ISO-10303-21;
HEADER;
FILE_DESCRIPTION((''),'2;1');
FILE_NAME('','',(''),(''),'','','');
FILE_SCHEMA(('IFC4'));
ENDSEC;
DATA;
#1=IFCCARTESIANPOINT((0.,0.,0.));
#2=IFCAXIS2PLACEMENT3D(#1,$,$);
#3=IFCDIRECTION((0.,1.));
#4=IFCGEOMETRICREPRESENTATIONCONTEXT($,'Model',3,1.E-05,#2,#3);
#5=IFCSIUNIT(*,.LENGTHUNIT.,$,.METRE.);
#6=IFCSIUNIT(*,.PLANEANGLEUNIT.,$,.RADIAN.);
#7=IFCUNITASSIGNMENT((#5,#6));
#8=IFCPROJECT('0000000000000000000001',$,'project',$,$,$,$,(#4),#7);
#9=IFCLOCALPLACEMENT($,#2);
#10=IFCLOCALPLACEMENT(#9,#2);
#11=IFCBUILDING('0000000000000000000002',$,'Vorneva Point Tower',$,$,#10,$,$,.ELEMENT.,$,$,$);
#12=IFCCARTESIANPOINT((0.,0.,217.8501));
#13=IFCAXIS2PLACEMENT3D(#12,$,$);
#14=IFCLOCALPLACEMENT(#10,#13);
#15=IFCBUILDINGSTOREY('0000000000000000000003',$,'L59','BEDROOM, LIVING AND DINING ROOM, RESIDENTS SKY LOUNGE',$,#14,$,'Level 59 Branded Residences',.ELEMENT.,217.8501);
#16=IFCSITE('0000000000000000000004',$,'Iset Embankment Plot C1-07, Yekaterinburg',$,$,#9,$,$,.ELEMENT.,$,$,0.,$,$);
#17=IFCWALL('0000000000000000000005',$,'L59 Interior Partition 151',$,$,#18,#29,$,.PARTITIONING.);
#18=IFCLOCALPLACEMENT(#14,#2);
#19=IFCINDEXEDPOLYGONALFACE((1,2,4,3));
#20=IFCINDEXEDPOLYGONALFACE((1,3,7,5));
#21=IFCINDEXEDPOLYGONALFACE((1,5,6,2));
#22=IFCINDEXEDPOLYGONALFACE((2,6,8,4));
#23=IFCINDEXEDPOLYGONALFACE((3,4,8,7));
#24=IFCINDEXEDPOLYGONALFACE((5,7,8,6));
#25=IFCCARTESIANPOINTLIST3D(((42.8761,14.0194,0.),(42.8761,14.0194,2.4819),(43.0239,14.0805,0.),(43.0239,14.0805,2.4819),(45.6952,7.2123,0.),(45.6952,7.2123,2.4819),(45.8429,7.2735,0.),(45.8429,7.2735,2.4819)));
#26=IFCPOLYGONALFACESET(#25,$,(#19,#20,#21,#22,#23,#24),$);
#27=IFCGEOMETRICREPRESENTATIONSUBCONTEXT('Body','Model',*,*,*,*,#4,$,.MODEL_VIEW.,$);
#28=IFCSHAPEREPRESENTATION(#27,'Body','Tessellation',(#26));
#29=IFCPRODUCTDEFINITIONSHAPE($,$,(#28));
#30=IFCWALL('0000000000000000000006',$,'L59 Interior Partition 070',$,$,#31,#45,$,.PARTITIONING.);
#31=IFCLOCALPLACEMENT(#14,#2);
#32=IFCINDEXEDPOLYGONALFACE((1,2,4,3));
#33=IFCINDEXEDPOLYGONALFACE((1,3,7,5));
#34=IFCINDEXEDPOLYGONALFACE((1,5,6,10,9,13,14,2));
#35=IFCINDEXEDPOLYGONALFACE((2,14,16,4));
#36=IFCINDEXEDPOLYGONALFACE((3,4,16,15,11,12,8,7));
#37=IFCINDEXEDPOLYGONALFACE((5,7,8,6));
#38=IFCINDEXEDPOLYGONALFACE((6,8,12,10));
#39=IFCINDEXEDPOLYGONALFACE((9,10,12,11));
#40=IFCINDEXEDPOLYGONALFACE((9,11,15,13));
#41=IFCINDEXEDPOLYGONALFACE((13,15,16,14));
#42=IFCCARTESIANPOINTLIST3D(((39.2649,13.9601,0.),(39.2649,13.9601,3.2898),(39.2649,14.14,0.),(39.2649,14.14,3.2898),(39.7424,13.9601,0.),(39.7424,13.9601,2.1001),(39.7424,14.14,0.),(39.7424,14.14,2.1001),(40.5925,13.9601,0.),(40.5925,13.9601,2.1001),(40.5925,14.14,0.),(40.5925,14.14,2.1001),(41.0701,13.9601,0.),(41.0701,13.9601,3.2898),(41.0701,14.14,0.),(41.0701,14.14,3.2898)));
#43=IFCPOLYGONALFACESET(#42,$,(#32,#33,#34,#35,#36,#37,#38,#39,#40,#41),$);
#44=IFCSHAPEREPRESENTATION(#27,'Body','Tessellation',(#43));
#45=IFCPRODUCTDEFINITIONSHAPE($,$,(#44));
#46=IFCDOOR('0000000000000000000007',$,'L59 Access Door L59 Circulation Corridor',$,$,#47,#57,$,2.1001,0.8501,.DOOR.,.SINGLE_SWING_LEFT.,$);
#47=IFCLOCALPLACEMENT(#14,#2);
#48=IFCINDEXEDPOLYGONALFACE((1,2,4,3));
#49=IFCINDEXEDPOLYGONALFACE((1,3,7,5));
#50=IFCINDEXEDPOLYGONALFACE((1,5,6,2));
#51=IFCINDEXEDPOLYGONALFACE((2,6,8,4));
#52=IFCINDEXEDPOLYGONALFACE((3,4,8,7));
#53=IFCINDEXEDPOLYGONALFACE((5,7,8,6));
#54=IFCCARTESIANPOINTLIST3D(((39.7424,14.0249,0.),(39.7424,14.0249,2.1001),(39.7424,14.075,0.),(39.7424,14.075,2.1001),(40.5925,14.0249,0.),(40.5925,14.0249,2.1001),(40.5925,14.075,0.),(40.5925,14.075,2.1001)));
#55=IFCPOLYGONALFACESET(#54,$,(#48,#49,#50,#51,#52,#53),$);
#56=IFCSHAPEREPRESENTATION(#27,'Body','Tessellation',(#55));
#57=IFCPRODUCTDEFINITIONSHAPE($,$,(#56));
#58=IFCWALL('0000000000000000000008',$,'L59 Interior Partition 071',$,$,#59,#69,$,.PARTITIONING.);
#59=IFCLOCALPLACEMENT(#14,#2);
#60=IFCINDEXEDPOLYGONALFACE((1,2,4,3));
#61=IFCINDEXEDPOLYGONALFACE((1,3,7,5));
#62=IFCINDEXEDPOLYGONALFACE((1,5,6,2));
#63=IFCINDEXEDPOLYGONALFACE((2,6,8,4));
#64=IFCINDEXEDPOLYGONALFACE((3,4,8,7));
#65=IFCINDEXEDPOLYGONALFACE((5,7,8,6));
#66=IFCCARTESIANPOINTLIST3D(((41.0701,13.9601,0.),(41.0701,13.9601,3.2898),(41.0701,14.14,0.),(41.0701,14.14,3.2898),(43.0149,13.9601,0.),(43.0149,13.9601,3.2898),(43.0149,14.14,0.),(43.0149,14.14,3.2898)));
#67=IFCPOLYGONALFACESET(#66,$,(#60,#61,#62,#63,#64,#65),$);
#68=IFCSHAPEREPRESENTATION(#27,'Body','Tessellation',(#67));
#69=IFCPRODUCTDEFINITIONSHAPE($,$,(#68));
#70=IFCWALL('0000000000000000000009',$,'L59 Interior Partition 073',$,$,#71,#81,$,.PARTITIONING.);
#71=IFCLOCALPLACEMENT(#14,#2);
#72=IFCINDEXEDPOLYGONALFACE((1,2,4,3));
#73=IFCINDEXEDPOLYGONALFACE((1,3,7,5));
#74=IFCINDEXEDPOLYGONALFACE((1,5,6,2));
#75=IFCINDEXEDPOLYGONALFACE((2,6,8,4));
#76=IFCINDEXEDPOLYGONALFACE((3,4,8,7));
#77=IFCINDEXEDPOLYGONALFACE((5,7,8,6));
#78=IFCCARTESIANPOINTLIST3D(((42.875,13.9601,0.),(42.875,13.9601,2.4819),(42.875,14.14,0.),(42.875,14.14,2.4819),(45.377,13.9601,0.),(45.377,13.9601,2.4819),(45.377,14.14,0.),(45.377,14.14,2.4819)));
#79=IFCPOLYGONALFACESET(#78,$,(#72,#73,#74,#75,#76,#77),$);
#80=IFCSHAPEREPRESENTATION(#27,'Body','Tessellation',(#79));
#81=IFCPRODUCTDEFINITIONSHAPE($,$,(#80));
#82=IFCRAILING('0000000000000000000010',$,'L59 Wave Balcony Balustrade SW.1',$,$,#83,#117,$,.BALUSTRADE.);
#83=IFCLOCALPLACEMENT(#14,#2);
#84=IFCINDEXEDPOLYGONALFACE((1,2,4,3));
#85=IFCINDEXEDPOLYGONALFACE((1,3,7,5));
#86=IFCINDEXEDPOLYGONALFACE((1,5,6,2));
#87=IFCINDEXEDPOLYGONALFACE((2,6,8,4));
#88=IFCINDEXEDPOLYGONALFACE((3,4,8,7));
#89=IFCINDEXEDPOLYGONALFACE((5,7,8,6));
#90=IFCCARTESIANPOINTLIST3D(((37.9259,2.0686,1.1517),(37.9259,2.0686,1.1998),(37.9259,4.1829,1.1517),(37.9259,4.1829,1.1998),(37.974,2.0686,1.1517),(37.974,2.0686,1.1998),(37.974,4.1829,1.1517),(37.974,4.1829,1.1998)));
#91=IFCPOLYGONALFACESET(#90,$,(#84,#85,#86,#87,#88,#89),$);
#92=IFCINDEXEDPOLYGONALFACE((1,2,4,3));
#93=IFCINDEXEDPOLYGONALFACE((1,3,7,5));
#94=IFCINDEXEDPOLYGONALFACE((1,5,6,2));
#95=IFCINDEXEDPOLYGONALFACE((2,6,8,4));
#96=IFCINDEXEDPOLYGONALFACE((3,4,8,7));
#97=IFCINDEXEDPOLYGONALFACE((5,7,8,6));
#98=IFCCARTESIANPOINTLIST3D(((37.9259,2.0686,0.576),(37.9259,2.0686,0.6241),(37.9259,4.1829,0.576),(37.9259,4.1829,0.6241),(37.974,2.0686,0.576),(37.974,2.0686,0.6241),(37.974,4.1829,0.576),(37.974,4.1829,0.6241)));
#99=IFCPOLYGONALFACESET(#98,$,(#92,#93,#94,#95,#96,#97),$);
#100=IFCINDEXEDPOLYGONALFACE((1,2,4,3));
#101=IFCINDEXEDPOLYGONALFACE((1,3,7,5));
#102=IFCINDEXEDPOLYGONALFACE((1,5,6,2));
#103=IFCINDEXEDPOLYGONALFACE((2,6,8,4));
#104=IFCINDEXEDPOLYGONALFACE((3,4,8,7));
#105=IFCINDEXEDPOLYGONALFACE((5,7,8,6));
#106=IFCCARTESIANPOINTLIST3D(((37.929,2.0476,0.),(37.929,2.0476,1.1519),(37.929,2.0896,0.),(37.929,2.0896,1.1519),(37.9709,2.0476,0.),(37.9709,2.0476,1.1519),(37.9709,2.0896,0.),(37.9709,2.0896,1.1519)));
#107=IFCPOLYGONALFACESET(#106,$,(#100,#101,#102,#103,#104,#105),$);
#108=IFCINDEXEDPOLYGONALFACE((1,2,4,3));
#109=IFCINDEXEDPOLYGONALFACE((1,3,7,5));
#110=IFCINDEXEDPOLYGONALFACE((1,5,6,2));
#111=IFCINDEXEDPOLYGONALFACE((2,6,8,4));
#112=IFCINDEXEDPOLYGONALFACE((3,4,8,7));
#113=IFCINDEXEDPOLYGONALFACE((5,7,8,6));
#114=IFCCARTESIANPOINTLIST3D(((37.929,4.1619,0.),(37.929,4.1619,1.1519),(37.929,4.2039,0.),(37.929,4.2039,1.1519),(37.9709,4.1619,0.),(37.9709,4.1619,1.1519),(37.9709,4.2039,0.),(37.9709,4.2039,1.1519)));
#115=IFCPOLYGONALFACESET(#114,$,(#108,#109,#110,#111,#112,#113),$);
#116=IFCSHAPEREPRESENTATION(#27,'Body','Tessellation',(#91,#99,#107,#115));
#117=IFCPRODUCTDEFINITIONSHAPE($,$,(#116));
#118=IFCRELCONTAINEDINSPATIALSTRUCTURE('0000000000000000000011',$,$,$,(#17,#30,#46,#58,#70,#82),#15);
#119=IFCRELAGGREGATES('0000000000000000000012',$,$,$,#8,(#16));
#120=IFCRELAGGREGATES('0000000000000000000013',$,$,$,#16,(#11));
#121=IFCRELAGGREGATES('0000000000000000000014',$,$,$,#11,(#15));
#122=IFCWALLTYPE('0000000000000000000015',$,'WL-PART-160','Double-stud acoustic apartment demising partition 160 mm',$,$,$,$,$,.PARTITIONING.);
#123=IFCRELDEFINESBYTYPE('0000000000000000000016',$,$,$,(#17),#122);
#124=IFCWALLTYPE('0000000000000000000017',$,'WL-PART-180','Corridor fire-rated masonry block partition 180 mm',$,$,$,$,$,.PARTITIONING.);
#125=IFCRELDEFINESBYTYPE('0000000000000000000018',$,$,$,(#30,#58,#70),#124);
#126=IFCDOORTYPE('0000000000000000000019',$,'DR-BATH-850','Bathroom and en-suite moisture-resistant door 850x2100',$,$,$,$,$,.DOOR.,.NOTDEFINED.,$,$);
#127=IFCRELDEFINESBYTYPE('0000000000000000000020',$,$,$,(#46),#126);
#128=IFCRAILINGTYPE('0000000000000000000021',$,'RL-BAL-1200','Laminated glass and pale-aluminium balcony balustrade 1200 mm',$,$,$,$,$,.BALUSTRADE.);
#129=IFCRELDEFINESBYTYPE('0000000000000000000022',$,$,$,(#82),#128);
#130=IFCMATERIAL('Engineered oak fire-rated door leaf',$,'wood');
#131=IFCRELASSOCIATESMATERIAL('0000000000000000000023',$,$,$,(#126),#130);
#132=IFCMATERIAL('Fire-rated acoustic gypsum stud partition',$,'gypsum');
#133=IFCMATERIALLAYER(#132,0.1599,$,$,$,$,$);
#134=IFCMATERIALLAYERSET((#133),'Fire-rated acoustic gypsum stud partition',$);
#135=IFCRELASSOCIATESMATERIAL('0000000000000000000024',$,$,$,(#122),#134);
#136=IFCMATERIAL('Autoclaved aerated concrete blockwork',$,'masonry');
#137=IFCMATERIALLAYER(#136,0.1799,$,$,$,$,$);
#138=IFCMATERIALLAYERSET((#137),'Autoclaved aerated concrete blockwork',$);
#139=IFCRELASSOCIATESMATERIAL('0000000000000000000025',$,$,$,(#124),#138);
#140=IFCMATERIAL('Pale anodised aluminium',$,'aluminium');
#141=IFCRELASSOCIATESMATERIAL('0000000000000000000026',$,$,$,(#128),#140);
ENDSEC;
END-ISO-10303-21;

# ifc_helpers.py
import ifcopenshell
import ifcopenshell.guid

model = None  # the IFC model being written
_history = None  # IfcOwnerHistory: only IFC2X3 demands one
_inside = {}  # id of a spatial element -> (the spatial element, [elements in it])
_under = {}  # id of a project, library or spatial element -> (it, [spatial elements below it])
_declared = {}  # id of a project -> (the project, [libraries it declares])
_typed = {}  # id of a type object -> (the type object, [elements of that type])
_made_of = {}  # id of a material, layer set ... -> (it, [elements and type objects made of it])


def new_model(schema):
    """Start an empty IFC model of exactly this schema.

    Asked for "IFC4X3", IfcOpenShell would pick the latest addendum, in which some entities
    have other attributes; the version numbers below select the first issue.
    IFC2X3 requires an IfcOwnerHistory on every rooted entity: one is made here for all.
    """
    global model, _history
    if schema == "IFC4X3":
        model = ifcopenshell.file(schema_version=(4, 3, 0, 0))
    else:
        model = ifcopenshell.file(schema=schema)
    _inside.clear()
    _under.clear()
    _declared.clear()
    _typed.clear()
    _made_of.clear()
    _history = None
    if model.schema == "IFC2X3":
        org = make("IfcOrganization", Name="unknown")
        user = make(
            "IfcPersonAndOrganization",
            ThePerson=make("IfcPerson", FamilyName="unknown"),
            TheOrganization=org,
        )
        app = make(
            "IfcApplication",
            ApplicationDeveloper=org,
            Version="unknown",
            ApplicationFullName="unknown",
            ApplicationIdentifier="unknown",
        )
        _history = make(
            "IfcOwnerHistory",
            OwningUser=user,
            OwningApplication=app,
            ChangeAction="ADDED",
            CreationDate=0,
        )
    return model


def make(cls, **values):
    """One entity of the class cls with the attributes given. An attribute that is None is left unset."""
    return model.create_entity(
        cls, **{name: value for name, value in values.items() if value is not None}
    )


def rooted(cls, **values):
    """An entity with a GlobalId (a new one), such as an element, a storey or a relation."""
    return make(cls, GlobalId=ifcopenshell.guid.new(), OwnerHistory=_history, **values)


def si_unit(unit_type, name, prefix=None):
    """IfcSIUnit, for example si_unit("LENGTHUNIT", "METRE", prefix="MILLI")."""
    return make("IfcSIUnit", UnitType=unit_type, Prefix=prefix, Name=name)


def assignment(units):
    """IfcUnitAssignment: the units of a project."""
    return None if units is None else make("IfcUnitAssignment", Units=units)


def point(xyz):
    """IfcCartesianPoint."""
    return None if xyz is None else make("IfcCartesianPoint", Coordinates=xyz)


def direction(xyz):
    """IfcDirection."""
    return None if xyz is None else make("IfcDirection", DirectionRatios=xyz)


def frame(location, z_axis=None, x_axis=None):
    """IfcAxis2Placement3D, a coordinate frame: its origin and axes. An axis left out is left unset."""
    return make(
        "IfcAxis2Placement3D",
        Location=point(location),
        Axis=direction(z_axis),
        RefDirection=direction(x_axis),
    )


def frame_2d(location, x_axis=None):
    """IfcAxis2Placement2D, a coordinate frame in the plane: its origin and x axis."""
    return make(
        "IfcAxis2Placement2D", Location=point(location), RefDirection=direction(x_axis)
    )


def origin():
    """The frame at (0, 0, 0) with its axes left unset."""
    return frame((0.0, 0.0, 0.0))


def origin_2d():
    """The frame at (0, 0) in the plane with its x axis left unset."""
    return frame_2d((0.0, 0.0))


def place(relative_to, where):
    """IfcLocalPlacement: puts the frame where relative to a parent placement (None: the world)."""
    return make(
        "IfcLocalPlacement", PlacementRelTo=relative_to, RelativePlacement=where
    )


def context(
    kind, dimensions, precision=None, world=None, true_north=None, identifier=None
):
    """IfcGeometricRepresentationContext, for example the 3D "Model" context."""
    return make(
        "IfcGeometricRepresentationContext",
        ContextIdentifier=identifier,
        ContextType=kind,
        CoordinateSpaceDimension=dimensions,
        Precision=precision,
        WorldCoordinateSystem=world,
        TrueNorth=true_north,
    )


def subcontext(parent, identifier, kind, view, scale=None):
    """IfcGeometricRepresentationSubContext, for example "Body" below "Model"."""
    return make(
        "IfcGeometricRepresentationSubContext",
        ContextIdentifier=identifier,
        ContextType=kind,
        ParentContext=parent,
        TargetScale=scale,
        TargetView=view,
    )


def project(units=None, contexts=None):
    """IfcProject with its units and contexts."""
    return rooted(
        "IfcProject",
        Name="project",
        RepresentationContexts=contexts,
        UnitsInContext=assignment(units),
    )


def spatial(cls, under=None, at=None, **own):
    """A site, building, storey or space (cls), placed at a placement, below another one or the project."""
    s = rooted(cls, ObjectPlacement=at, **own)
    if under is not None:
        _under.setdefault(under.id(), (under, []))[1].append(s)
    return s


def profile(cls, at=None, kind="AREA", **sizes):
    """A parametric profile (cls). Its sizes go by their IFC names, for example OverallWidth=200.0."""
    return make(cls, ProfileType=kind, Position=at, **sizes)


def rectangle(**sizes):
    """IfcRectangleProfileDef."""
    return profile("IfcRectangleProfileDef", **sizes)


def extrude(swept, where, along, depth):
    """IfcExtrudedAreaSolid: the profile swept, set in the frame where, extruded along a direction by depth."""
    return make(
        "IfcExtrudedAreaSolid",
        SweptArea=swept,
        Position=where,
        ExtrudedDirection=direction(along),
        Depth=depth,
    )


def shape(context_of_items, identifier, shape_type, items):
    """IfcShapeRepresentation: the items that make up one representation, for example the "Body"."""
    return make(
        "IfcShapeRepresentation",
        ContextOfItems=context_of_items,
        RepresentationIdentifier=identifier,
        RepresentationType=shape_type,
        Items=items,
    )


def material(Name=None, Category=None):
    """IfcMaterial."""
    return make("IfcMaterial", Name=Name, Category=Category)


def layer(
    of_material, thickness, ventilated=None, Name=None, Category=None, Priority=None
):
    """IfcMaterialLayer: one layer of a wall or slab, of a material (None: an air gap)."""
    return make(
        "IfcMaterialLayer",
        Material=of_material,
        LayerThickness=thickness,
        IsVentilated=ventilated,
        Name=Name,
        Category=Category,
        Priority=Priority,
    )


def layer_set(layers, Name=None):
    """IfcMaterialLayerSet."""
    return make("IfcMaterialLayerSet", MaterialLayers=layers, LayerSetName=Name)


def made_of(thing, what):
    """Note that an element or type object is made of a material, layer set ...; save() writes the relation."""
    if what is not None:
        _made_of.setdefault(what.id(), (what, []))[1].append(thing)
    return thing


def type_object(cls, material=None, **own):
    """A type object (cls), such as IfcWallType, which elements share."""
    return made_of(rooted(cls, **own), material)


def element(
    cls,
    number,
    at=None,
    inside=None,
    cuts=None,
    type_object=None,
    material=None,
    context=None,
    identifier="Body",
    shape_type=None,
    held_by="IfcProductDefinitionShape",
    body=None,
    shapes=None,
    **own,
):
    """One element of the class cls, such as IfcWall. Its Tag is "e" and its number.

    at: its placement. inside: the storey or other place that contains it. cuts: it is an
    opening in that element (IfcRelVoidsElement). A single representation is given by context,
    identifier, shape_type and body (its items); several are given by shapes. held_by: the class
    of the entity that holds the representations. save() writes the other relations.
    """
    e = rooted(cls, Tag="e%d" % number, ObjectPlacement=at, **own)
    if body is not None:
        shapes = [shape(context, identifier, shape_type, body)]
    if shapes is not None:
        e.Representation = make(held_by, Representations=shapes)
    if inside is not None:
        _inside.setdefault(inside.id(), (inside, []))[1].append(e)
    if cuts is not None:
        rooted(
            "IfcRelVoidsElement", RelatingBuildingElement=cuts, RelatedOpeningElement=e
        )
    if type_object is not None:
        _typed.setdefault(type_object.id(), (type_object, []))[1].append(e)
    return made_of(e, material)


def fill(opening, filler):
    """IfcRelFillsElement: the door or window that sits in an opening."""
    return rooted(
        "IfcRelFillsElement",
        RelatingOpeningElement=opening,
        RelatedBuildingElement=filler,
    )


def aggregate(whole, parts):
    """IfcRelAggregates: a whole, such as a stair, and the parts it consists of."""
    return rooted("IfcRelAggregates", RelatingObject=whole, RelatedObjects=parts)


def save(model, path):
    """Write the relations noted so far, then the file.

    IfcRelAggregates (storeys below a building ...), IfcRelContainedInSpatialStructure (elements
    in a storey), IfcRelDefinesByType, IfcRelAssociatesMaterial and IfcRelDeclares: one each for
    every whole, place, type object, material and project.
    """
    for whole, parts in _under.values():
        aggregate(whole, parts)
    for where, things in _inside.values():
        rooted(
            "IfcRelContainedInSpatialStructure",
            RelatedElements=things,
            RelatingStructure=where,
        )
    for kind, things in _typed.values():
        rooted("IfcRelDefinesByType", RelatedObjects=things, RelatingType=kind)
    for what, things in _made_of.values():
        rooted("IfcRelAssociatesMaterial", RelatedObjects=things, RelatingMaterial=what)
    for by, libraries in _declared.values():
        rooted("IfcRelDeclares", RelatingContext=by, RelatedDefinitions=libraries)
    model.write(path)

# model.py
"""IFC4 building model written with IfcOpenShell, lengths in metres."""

from ifc_helpers import new_model, si_unit, direction, frame, frame_2d, origin, origin_2d, place, context, subcontext, project, spatial, rectangle, extrude, material, layer, layer_set, type_object, element, fill, save


model = new_model("IFC4")

# Units and contexts
model_context = context("Model", 3, precision=1e-05, world=origin(), true_north=direction((0.0, 1.0)))
body_context = subcontext(model_context, "Body", "Model", "MODEL_VIEW")
ifc_project = project(units=[si_unit("LENGTHUNIT", "METRE"), si_unit("PLANEANGLEUNIT", "RADIAN")], contexts=[model_context])

# Site, building, storey
site_placement = place(None, origin())
site = spatial("IfcSite", under=ifc_project, at=site_placement, Name="Iset Embankment Plot C1-07, Yekaterinburg", CompositionType="ELEMENT", RefElevation=0.0)
building_placement = place(site_placement, origin())
building = spatial("IfcBuilding", under=site, at=building_placement, Name="Vorneva Point Tower", CompositionType="ELEMENT")
storey_placement = place(building_placement, frame((0.0, 0.0, 217.8501)))
storey = spatial("IfcBuildingStorey", under=building, at=storey_placement, Name="L59", Description="BEDROOM, LIVING AND DINING ROOM, RESIDENTS SKY LOUNGE", LongName="Level 59 Branded Residences", CompositionType="ELEMENT", Elevation=217.8501)

# Shared definitions
ifc_material_1 = material(Name="Pale anodised aluminium", Category="aluminium")

# Shared definitions
ifc_material_2 = material(Name="Fire-rated acoustic gypsum stud partition", Category="gypsum")

# Shared definitions
ifc_material_3 = material(Name="Engineered oak fire-rated door leaf", Category="wood")
door_type_1 = type_object("IfcDoorType", Name="DR-BATH-850", Description="Bathroom and en-suite moisture-resistant door 850x2100", OperationType="NOTDEFINED", PredefinedType="DOOR", material=ifc_material_3)

# Wall
ifc_layer_1 = layer(ifc_material_2, 0.1599)
ifc_layer_set_1 = layer_set([ifc_layer_1], Name="Fire-rated acoustic gypsum stud partition")
wall_type_1 = type_object("IfcWallType", Name="WL-PART-160", Description="Double-stud acoustic apartment demising partition 160 mm", PredefinedType="PARTITIONING", material=ifc_layer_set_1)
wall_1_placement = place(storey_placement, frame((45.769, 7.2429, 0.0), z_axis=(0.0, 0.0, 1.0), x_axis=(-0.382624, 0.923904, 0.0)))
element("IfcWall", 1, at=wall_1_placement, inside=storey, type_object=wall_type_1, Name="L59 Interior Partition 151", PredefinedType="PARTITIONING", context=body_context, shape_type="SweptSolid", body=[
    extrude(rectangle(XDim=7.3677, YDim=0.1599, at=frame_2d((3.6838, 0.0))), origin(), (0.0, 0.0, 1.0), 2.4819),
])

# Wall, opening, door
ifc_material_4 = material(Name="Autoclaved aerated concrete blockwork", Category="masonry")
ifc_layer_2 = layer(ifc_material_4, 0.1799)
ifc_layer_set_2 = layer_set([ifc_layer_2], Name="Autoclaved aerated concrete blockwork")
wall_type_2 = type_object("IfcWallType", Name="WL-PART-180", Description="Corridor fire-rated masonry block partition 180 mm", PredefinedType="PARTITIONING", material=ifc_layer_set_2)
wall_2_placement = place(storey_placement, frame((39.2649, 14.05, 0.0), z_axis=(0.0, 0.0, 1.0), x_axis=(1.0, 0.0, 0.0)))
wall_2 = element("IfcWall", 2, at=wall_2_placement, inside=storey, type_object=wall_type_2, Name="L59 Interior Partition 070", PredefinedType="PARTITIONING", context=body_context, shape_type="SweptSolid", body=[
    extrude(rectangle(XDim=1.8052, YDim=0.1799, at=frame_2d((0.9026, 0.0))), origin(), (0.0, 0.0, 1.0), 3.2898),
])
opening_1_placement = place(wall_2_placement, frame((0.4775, 0.0, 0.0)))
opening_1 = element("IfcOpeningElement", 3, at=opening_1_placement, cuts=wall_2, PredefinedType="OPENING", context=body_context, shape_type="SweptSolid", body=[
    extrude(rectangle(XDim=0.8501, YDim=2.1001, at=frame_2d((0.425, 1.05))), frame((0.0, 0.105, 0.0), z_axis=(0.0, -1.0, 0.0), x_axis=(1.0, 0.0, 0.0)), (0.0, 0.0, 1.0), 0.2097),
])
door_1_placement = place(opening_1_placement, origin())
door_1 = element("IfcDoor", 4, at=door_1_placement, inside=storey, type_object=door_type_1, Name="L59 Access Door L59 Circulation Corridor", OperationType="SINGLE_SWING_LEFT", OverallHeight=2.1001, OverallWidth=0.8501, PredefinedType="DOOR", context=body_context, shape_type="SweptSolid", body=[
    extrude(rectangle(XDim=0.8501, YDim=2.1001, at=frame_2d((0.425, 1.05))), frame((0.0, 0.0249, 0.0), z_axis=(0.0, -1.0, 0.0), x_axis=(1.0, 0.0, 0.0)), (0.0, 0.0, 1.0), 0.05),
])
fill(opening_1, door_1)

# Wall
wall_3_placement = place(storey_placement, frame((41.0701, 14.05, 0.0), z_axis=(0.0, 0.0, 1.0), x_axis=(1.0, 0.0, 0.0)))
element("IfcWall", 5, at=wall_3_placement, inside=storey, type_object=wall_type_2, Name="L59 Interior Partition 071", PredefinedType="PARTITIONING", context=body_context, shape_type="SweptSolid", body=[
    extrude(rectangle(XDim=1.9448, YDim=0.1799, at=frame_2d((0.9724, 0.0))), origin(), (0.0, 0.0, 1.0), 3.2898),
])

# Wall
wall_4_placement = place(storey_placement, frame((42.875, 14.05, 0.0), z_axis=(0.0, 0.0, 1.0), x_axis=(1.0, 0.0, 0.0)))
element("IfcWall", 6, at=wall_4_placement, inside=storey, type_object=wall_type_2, Name="L59 Interior Partition 073", PredefinedType="PARTITIONING", context=body_context, shape_type="SweptSolid", body=[
    extrude(rectangle(XDim=2.502, YDim=0.1799, at=frame_2d((1.251, 0.0))), origin(), (0.0, 0.0, 1.0), 2.4819),
])

# Railing
railing_type = type_object("IfcRailingType", Name="RL-BAL-1200", Description="Laminated glass and pale-aluminium balcony balustrade 1200 mm", PredefinedType="BALUSTRADE", material=ifc_material_1)
railing_placement = place(storey_placement, frame((37.95, 2.0686, 0.0)))
element("IfcRailing", 7, at=railing_placement, inside=storey, type_object=railing_type, Name="L59 Wave Balcony Balustrade SW.1", PredefinedType="BALUSTRADE", context=body_context, shape_type="SweptSolid", body=[
    extrude(rectangle(XDim=0.0481, YDim=0.0481, at=origin_2d()), frame((0.0, 0.0, 1.1758), z_axis=(0.0, 1.0, 0.0), x_axis=(-1.0, 0.0, 0.0)), (0.0, 0.0, 1.0), 2.1143),
    extrude(rectangle(XDim=0.0481, YDim=0.0481, at=origin_2d()), frame((0.0, 0.0, 0.6001), z_axis=(0.0, 1.0, 0.0), x_axis=(-1.0, 0.0, 0.0)), (0.0, 0.0, 1.0), 2.1143),
    extrude(rectangle(XDim=0.042, YDim=0.042, at=origin_2d()), origin(), (0.0, 0.0, 1.0), 1.1519),
    extrude(rectangle(XDim=0.042, YDim=0.042, at=origin_2d()), frame((0.0, 2.1143, 0.0)), (0.0, 0.0, 1.0), 1.1519),
])

save(model, "model.ifc")
